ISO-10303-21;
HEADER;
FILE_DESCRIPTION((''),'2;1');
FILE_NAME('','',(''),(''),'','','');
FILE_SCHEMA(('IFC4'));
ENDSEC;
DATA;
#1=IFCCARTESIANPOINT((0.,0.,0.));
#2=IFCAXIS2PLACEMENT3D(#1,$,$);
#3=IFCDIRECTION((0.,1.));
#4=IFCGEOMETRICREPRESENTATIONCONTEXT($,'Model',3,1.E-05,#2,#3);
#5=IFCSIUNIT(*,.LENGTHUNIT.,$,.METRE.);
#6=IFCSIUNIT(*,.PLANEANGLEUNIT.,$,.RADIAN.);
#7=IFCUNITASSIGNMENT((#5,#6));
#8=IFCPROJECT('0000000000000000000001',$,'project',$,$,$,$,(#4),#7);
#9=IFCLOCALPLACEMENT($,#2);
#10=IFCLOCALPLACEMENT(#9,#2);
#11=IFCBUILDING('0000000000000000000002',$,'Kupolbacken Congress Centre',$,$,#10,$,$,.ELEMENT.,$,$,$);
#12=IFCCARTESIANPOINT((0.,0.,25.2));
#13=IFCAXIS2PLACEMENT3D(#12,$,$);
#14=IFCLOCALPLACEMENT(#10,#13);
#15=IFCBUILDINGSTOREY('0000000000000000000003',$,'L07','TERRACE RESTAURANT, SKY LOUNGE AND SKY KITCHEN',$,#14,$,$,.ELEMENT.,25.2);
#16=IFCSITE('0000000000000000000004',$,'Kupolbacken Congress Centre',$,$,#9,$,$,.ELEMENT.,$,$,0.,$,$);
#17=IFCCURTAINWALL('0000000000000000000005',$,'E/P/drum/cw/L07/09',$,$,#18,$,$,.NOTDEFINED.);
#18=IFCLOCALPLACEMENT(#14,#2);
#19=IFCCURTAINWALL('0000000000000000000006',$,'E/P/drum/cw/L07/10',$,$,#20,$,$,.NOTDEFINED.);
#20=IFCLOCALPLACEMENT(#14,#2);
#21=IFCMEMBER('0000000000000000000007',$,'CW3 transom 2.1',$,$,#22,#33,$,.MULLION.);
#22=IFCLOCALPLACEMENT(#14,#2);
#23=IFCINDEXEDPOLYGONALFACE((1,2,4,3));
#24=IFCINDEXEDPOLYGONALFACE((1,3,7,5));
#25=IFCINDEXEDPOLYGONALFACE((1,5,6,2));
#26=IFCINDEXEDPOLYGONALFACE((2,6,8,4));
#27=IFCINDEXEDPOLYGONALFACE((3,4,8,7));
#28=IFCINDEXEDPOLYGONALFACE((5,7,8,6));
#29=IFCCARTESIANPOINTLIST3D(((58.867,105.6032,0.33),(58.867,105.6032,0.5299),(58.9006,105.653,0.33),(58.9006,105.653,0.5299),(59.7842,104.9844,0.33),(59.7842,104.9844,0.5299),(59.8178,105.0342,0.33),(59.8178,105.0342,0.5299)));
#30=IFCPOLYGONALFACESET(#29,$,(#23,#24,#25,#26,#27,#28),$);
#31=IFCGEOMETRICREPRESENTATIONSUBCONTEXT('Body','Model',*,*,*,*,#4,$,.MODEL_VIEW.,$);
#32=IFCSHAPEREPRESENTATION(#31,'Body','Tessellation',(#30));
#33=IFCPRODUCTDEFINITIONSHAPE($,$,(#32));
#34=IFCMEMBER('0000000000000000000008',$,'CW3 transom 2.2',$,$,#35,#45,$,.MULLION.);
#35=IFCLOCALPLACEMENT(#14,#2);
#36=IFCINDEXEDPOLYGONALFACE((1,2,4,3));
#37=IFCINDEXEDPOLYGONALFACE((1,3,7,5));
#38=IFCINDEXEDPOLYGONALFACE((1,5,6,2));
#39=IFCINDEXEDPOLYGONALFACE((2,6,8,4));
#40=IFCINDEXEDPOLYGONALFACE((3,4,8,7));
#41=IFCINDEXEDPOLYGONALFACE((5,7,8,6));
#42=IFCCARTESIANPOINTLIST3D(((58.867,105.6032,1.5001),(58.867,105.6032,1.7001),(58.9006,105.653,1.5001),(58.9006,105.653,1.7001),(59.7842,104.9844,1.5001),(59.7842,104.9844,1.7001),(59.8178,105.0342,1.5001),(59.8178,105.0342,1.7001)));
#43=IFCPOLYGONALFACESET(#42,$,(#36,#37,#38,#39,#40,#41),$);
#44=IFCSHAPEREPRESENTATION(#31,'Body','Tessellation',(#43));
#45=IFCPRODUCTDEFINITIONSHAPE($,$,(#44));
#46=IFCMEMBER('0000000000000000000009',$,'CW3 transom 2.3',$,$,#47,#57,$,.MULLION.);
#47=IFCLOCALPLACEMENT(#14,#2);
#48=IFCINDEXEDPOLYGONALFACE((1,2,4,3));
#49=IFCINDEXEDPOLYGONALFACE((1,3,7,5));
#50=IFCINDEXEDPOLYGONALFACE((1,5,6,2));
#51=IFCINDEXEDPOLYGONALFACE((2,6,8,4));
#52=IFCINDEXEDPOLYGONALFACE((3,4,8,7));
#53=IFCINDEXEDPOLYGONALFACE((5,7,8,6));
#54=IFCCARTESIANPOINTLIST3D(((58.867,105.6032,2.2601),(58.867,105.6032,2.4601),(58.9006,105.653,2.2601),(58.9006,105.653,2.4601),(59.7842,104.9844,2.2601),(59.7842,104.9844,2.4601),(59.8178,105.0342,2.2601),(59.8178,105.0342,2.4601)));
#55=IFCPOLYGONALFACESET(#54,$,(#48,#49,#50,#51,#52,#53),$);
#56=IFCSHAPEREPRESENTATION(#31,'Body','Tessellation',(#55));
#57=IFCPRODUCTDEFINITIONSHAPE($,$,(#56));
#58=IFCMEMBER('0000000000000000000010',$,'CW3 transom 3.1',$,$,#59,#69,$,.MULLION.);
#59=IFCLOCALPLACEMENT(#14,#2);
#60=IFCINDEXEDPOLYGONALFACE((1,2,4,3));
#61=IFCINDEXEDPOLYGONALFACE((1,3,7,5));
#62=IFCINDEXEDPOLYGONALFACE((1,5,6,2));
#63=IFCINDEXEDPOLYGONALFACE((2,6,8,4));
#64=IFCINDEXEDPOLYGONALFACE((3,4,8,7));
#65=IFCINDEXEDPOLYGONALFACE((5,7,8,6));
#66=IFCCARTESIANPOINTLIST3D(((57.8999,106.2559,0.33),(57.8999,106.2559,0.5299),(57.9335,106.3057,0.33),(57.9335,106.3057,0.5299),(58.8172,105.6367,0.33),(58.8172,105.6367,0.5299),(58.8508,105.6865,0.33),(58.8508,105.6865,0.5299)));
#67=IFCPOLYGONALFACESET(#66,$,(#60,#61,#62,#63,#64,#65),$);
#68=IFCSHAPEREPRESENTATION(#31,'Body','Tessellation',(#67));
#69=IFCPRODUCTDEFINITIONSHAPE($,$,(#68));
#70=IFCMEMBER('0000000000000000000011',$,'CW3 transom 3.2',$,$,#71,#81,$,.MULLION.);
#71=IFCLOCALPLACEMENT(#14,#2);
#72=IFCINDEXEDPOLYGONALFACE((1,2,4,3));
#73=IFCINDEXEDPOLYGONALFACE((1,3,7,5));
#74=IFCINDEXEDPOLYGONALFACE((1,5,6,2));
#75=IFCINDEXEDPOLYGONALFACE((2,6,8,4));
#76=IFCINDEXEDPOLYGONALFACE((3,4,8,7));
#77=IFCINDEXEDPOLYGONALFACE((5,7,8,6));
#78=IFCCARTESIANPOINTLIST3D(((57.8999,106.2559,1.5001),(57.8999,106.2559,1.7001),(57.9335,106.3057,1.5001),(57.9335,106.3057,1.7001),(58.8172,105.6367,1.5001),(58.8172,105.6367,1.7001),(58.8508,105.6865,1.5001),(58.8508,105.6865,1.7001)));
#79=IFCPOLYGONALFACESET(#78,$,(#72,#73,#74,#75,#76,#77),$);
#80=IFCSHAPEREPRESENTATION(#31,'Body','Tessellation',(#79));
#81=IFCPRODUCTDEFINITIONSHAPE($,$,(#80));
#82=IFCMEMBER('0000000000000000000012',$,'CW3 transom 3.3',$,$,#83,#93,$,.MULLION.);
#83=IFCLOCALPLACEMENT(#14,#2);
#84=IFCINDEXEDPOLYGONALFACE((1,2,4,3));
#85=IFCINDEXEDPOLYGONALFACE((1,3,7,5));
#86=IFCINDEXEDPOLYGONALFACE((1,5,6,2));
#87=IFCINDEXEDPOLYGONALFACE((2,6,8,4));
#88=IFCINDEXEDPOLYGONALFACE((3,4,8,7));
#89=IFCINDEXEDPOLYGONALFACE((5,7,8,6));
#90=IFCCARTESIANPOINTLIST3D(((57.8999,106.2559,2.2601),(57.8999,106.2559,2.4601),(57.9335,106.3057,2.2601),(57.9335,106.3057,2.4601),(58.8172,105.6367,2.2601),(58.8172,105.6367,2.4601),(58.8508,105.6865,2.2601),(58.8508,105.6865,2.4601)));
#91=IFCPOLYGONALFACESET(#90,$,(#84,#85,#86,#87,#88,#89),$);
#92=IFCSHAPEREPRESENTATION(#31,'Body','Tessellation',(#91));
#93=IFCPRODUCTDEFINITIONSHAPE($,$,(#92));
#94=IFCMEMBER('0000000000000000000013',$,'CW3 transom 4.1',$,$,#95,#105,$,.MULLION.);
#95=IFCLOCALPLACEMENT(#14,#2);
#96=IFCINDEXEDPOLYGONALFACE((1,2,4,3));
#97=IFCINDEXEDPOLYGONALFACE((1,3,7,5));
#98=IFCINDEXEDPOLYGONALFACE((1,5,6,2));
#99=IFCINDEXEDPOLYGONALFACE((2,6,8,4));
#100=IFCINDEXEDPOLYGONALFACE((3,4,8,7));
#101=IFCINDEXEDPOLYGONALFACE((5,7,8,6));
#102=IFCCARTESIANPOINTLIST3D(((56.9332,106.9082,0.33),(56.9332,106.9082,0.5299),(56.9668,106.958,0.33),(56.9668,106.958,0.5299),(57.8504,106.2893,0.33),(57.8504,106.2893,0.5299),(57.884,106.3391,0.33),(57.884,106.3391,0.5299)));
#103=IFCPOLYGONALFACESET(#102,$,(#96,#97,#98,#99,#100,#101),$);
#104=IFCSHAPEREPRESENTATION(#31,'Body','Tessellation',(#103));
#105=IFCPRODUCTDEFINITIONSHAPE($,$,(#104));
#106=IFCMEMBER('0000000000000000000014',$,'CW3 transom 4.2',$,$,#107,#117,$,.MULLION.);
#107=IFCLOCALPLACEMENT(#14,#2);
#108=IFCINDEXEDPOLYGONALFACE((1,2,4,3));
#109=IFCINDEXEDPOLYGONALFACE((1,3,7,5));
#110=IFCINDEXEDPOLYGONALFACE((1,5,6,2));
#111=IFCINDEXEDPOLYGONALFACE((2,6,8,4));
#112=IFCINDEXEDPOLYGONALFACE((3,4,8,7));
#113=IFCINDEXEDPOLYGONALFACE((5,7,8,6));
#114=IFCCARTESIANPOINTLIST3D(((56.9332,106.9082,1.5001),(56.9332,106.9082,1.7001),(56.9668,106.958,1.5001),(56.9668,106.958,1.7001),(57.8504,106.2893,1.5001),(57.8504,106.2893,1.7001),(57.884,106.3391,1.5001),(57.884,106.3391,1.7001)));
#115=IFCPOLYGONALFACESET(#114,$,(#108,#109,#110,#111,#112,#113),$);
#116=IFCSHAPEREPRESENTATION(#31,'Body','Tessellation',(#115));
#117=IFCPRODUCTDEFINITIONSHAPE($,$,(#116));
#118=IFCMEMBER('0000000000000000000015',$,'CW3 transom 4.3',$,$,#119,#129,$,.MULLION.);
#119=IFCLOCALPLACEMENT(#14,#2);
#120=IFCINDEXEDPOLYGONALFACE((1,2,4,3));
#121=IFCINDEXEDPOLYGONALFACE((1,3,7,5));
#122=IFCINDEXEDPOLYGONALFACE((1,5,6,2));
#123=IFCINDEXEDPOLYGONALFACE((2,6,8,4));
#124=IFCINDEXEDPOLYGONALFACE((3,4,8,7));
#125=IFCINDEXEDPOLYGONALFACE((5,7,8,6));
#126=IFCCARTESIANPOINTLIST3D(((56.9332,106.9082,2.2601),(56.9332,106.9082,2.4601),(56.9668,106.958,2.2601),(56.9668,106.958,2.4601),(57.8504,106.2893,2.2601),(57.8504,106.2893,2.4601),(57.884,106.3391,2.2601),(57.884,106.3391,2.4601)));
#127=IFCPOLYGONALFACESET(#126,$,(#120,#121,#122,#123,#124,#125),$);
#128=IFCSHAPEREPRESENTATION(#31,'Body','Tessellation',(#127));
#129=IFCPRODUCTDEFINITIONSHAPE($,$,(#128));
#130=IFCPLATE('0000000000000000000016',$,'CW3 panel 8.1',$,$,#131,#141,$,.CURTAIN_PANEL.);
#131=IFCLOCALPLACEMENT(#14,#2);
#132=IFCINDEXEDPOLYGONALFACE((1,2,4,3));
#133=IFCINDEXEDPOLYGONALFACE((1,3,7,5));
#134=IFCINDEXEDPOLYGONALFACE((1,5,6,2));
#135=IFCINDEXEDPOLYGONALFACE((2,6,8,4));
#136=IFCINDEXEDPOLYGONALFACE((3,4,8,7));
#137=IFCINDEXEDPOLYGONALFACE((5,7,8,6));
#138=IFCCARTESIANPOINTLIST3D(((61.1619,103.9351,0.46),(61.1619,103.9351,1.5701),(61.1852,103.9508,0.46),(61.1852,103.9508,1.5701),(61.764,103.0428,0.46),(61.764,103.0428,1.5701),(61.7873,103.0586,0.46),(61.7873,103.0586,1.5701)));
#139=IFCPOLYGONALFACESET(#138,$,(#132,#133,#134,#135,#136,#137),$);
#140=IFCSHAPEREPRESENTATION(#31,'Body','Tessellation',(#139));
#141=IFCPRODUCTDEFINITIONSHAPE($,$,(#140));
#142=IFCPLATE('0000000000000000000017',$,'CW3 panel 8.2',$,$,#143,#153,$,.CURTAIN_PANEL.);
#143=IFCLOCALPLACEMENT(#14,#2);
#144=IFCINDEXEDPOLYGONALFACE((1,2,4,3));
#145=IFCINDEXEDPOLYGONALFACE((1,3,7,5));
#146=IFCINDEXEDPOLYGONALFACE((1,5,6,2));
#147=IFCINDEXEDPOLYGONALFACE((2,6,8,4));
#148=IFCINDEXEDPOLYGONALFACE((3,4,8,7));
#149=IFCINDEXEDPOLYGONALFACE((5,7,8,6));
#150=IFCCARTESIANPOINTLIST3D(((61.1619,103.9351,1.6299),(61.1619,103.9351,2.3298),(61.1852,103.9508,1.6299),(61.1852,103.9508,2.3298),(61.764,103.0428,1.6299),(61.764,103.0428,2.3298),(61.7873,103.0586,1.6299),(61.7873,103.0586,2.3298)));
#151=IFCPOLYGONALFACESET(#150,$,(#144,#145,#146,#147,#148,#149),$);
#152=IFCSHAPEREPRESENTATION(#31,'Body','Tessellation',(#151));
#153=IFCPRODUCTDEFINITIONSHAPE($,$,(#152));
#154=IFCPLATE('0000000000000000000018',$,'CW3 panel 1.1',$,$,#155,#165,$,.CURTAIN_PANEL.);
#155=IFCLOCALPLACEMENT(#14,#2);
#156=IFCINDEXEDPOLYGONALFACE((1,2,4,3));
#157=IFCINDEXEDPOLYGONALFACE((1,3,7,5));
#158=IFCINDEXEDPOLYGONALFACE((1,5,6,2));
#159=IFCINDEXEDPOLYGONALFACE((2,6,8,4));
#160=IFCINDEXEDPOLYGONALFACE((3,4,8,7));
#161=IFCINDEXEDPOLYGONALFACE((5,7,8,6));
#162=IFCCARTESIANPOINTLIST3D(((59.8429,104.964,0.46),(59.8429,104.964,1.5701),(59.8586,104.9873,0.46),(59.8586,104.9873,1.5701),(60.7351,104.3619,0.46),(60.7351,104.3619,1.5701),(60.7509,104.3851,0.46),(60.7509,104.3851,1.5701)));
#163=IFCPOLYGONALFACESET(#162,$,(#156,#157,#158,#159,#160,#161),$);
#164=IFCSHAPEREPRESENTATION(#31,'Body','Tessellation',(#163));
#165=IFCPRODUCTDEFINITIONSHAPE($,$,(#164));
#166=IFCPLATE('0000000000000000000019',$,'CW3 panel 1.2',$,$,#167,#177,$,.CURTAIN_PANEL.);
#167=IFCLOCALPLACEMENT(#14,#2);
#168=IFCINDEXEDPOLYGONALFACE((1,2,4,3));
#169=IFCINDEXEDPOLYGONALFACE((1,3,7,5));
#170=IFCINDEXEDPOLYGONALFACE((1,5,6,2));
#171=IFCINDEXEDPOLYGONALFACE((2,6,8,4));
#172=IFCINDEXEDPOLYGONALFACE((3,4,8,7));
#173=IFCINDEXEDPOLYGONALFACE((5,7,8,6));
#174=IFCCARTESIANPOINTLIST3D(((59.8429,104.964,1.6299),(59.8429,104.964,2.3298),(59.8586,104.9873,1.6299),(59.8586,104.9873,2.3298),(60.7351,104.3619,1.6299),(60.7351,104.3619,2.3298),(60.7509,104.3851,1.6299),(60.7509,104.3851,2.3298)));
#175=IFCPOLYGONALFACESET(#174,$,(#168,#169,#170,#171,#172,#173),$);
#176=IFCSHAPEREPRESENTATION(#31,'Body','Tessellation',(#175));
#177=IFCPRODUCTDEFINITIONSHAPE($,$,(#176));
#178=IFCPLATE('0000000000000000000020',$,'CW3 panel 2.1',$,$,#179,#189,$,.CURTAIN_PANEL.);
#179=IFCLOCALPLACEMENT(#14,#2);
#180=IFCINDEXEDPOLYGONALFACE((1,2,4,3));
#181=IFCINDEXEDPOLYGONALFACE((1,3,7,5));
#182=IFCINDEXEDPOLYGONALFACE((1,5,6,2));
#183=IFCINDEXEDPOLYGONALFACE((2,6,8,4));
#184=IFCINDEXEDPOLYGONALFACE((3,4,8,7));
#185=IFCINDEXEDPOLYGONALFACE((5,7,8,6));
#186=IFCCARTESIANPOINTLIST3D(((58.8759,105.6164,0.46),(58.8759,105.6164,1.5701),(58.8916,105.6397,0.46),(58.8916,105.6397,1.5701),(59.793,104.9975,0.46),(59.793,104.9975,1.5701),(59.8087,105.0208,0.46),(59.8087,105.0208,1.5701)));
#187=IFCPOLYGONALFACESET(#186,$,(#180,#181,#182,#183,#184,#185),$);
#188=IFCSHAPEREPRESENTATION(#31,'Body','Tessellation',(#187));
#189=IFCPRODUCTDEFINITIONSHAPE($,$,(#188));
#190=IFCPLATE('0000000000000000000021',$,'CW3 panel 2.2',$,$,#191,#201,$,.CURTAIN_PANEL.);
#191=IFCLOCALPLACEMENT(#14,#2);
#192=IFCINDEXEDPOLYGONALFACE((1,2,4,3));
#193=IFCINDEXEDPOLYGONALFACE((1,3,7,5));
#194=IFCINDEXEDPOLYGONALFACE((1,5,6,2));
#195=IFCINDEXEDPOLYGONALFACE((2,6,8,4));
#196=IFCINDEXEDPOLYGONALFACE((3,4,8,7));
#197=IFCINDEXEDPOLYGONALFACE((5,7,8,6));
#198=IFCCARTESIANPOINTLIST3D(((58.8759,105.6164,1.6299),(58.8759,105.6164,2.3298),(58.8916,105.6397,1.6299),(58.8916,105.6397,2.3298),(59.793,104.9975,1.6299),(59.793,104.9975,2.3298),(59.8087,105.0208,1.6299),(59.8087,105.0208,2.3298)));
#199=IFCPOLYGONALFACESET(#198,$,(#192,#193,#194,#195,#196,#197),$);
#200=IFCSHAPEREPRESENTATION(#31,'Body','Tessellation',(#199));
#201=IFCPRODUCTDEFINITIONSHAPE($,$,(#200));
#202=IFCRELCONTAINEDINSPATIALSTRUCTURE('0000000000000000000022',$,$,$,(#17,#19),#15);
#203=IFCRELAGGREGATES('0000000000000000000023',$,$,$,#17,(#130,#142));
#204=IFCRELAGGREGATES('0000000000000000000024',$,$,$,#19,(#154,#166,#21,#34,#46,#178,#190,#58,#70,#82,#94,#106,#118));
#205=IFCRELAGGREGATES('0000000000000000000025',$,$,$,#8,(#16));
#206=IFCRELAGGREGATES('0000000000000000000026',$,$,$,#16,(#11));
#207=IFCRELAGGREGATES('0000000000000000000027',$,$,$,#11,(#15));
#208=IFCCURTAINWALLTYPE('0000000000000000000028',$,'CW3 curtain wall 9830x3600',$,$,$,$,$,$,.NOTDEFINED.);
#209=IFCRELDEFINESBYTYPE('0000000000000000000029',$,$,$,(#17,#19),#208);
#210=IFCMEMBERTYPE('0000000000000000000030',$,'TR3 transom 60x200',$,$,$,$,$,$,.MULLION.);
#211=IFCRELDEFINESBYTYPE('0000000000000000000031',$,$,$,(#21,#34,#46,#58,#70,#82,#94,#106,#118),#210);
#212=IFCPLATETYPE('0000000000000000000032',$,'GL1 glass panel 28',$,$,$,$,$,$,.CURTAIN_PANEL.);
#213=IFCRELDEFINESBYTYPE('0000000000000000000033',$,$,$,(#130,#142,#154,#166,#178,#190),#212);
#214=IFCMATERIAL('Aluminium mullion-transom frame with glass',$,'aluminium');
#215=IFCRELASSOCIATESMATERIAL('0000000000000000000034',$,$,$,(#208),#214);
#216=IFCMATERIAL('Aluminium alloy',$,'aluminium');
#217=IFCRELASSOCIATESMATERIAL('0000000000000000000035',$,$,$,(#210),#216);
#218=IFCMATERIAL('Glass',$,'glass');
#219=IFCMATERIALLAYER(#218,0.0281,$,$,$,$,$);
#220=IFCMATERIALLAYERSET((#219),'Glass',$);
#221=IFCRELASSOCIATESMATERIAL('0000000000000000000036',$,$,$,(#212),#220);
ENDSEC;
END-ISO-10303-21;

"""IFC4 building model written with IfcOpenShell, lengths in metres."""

from ifc_helpers import new_model, si_unit, direction, frame, origin, origin_2d, place, context, subcontext, project, spatial, rectangle, extrude, material, layer, layer_set, material_profile, profile_set, type_object, element, aggregate, save


model = new_model("IFC4")

# Units and contexts
model_context = context("Model", 3, precision=1e-05, world=origin(), true_north=direction((0.0, 1.0)))
body_context = subcontext(model_context, "Body", "Model", "MODEL_VIEW")
ifc_project = project(units=[si_unit("LENGTHUNIT", "METRE"), si_unit("PLANEANGLEUNIT", "RADIAN")], contexts=[model_context])

# Site, building, storey
site_placement = place(None, origin())
site = spatial("IfcSite", under=ifc_project, at=site_placement, Name="Kupolbacken Congress Centre", CompositionType="ELEMENT", RefElevation=0.0)
building_placement = place(site_placement, origin())
building = spatial("IfcBuilding", under=site, at=building_placement, Name="Kupolbacken Congress Centre", CompositionType="ELEMENT")
storey_placement = place(building_placement, frame((0.0, 0.0, 25.2)))
storey = spatial("IfcBuildingStorey", under=building, at=storey_placement, Name="L07", Description="TERRACE RESTAURANT, SKY LOUNGE AND SKY KITCHEN", CompositionType="ELEMENT", Elevation=25.2)

# Curtain wall
ifc_material_1 = material(Name="Aluminium mullion-transom frame with glass", Category="aluminium")
curtain_wall_type = type_object("IfcCurtainWallType", Name="CW3 curtain wall 9830x3600", PredefinedType="NOTDEFINED", material=ifc_material_1)
curtain_wall_1_placement = place(storey_placement, origin())
curtain_wall_1 = element("IfcCurtainWall", 1, at=curtain_wall_1_placement, inside=storey, type_object=curtain_wall_type, Name="E/P/drum/cw/L07/09", PredefinedType="NOTDEFINED")

# Curtain wall
curtain_wall_2_placement = place(storey_placement, origin())
curtain_wall_2 = element("IfcCurtainWall", 2, at=curtain_wall_2_placement, inside=storey, type_object=curtain_wall_type, Name="E/P/drum/cw/L07/10", PredefinedType="NOTDEFINED")

# Members
ifc_material_2 = material(Name="Aluminium alloy", Category="aluminium")
ifc_material_profile_1 = material_profile(ifc_material_2, rectangle(XDim=0.0601, YDim=0.2, at=origin_2d()), Name="60 x 200")
ifc_profile_set_1 = profile_set([ifc_material_profile_1], Name="Aluminium alloy")
member_type_1 = type_object("IfcMemberType", Name="TR3 transom 60x200", PredefinedType="MULLION", material=ifc_profile_set_1)
member_1_placement = place(storey_placement, frame((59.801, 105.0093, 0.4299), z_axis=(-0.828948, 0.559325, 0.0), x_axis=(-0.559325, -0.828948, 0.0)))
member_1 = element("IfcMember", 3, at=member_1_placement, type_object=member_type_1, Name="CW3 transom 2.1", PredefinedType="MULLION", context=body_context, shape_type="SweptSolid", body=[
    extrude(rectangle(XDim=0.0601, YDim=0.2, at=origin_2d()), origin(), (0.0, 0.0, 1.0), 1.1064),
])
member_2_placement = place(storey_placement, frame((59.801, 105.0093, 1.6001), z_axis=(-0.828948, 0.559325, 0.0), x_axis=(-0.559325, -0.828948, 0.0)))
member_2 = element("IfcMember", 4, at=member_2_placement, type_object=member_type_1, Name="CW3 transom 2.2", PredefinedType="MULLION", context=body_context, shape_type="SweptSolid", body=[
    extrude(rectangle(XDim=0.0601, YDim=0.2, at=origin_2d()), origin(), (0.0, 0.0, 1.0), 1.1064),
])
member_3_placement = place(storey_placement, frame((59.801, 105.0093, 2.3601), z_axis=(-0.828948, 0.559325, 0.0), x_axis=(-0.559325, -0.828948, 0.0)))
member_3 = element("IfcMember", 5, at=member_3_placement, type_object=member_type_1, Name="CW3 transom 2.3", PredefinedType="MULLION", context=body_context, shape_type="SweptSolid", body=[
    extrude(rectangle(XDim=0.0601, YDim=0.2, at=origin_2d()), origin(), (0.0, 0.0, 1.0), 1.1064),
])
member_4_placement = place(storey_placement, frame((58.834, 105.6616, 0.4299), z_axis=(-0.828846, 0.559477, 0.0), x_axis=(-0.559477, -0.828846, 0.0)))
member_4 = element("IfcMember", 6, at=member_4_placement, type_object=member_type_1, Name="CW3 transom 3.1", PredefinedType="MULLION", context=body_context, shape_type="SweptSolid", body=[
    extrude(rectangle(XDim=0.0601, YDim=0.2, at=origin_2d()), origin(), (0.0, 0.0, 1.0), 1.1067),
])
member_5_placement = place(storey_placement, frame((58.834, 105.6616, 1.6001), z_axis=(-0.828846, 0.559477, 0.0), x_axis=(-0.559477, -0.828846, 0.0)))
member_5 = element("IfcMember", 7, at=member_5_placement, type_object=member_type_1, Name="CW3 transom 3.2", PredefinedType="MULLION", context=body_context, shape_type="SweptSolid", body=[
    extrude(rectangle(XDim=0.0601, YDim=0.2, at=origin_2d()), origin(), (0.0, 0.0, 1.0), 1.1067),
])
member_6_placement = place(storey_placement, frame((58.834, 105.6616, 2.3601), z_axis=(-0.828846, 0.559477, 0.0), x_axis=(-0.559477, -0.828846, 0.0)))
member_6 = element("IfcMember", 8, at=member_6_placement, type_object=member_type_1, Name="CW3 transom 3.3", PredefinedType="MULLION", context=body_context, shape_type="SweptSolid", body=[
    extrude(rectangle(XDim=0.0601, YDim=0.2, at=origin_2d()), origin(), (0.0, 0.0, 1.0), 1.1067),
])
member_7_placement = place(storey_placement, frame((57.8672, 106.3142, 0.4299), z_axis=(-0.828948, 0.559325, 0.0), x_axis=(-0.559325, -0.828948, 0.0)))
member_7 = element("IfcMember", 9, at=member_7_placement, type_object=member_type_1, Name="CW3 transom 4.1", PredefinedType="MULLION", context=body_context, shape_type="SweptSolid", body=[
    extrude(rectangle(XDim=0.0601, YDim=0.2, at=origin_2d()), origin(), (0.0, 0.0, 1.0), 1.1064),
])
member_8_placement = place(storey_placement, frame((57.8672, 106.3142, 1.6001), z_axis=(-0.828948, 0.559325, 0.0), x_axis=(-0.559325, -0.828948, 0.0)))
member_8 = element("IfcMember", 10, at=member_8_placement, type_object=member_type_1, Name="CW3 transom 4.2", PredefinedType="MULLION", context=body_context, shape_type="SweptSolid", body=[
    extrude(rectangle(XDim=0.0601, YDim=0.2, at=origin_2d()), origin(), (0.0, 0.0, 1.0), 1.1064),
])
member_9_placement = place(storey_placement, frame((57.8672, 106.3142, 2.3601), z_axis=(-0.828948, 0.559325, 0.0), x_axis=(-0.559325, -0.828948, 0.0)))
member_9 = element("IfcMember", 11, at=member_9_placement, type_object=member_type_1, Name="CW3 transom 4.3", PredefinedType="MULLION", context=body_context, shape_type="SweptSolid", body=[
    extrude(rectangle(XDim=0.0601, YDim=0.2, at=origin_2d()), origin(), (0.0, 0.0, 1.0), 1.1064),
])

# Plates
ifc_material_3 = material(Name="Glass", Category="glass")
ifc_layer_1 = layer(ifc_material_3, 0.0281)
ifc_layer_set_1 = layer_set([ifc_layer_1], Name="Glass")
plate_type = type_object("IfcPlateType", Name="GL1 glass panel 28", PredefinedType="CURTAIN_PANEL", material=ifc_layer_set_1)
plate_1_placement = place(storey_placement, frame((61.4746, 103.4968, 0.46), z_axis=(0.0, 0.0, 1.0), x_axis=(-0.559386, 0.828908, 0.0)))
plate_1 = element("IfcPlate", 12, at=plate_1_placement, type_object=plate_type, Name="CW3 panel 8.1", PredefinedType="CURTAIN_PANEL", context=body_context, shape_type="SweptSolid", body=[
    extrude(rectangle(XDim=1.0764, YDim=0.0281, at=origin_2d()), origin(), (0.0, 0.0, 1.0), 1.1101),
])
plate_2_placement = place(storey_placement, frame((61.4746, 103.4968, 1.6299), z_axis=(0.0, 0.0, 1.0), x_axis=(-0.559386, 0.828908, 0.0)))
plate_2 = element("IfcPlate", 13, at=plate_2_placement, type_object=plate_type, Name="CW3 panel 8.2", PredefinedType="CURTAIN_PANEL", context=body_context, shape_type="SweptSolid", body=[
    extrude(rectangle(XDim=1.0764, YDim=0.0281, at=origin_2d()), origin(), (0.0, 0.0, 1.0), 0.7),
])
aggregate(curtain_wall_1, [plate_1, plate_2])
plate_3_placement = place(storey_placement, frame((60.2969, 104.6746, 0.46), z_axis=(0.0, 0.0, 1.0), x_axis=(-0.828908, 0.559386, 0.0)))
plate_3 = element("IfcPlate", 14, at=plate_3_placement, type_object=plate_type, Name="CW3 panel 1.1", PredefinedType="CURTAIN_PANEL", context=body_context, shape_type="SweptSolid", body=[
    extrude(rectangle(XDim=1.0764, YDim=0.0281, at=origin_2d()), origin(), (0.0, 0.0, 1.0), 1.1101),
])
plate_4_placement = place(storey_placement, frame((60.2969, 104.6746, 1.6299), z_axis=(0.0, 0.0, 1.0), x_axis=(-0.828908, 0.559386, 0.0)))
plate_4 = element("IfcPlate", 15, at=plate_4_placement, type_object=plate_type, Name="CW3 panel 1.2", PredefinedType="CURTAIN_PANEL", context=body_context, shape_type="SweptSolid", body=[
    extrude(rectangle(XDim=1.0764, YDim=0.0281, at=origin_2d()), origin(), (0.0, 0.0, 1.0), 0.7),
])
plate_5_placement = place(storey_placement, frame((59.3423, 105.3186, 0.46), z_axis=(0.0, 0.0, 1.0), x_axis=(-0.828908, 0.559386, 0.0)))
plate_5 = element("IfcPlate", 16, at=plate_5_placement, type_object=plate_type, Name="CW3 panel 2.1", PredefinedType="CURTAIN_PANEL", context=body_context, shape_type="SweptSolid", body=[
    extrude(rectangle(XDim=1.1064, YDim=0.0281, at=origin_2d()), origin(), (0.0, 0.0, 1.0), 1.1101),
])
plate_6_placement = place(storey_placement, frame((59.3423, 105.3186, 1.6299), z_axis=(0.0, 0.0, 1.0), x_axis=(-0.828908, 0.559386, 0.0)))
plate_6 = element("IfcPlate", 17, at=plate_6_placement, type_object=plate_type, Name="CW3 panel 2.2", PredefinedType="CURTAIN_PANEL", context=body_context, shape_type="SweptSolid", body=[
    extrude(rectangle(XDim=1.1064, YDim=0.0281, at=origin_2d()), origin(), (0.0, 0.0, 1.0), 0.7),
])
aggregate(curtain_wall_2, [plate_3, plate_4, member_1, member_2, member_3, plate_5, plate_6, member_4, member_5, member_6, member_7, member_8, member_9])

save(model, "model.ifc")
